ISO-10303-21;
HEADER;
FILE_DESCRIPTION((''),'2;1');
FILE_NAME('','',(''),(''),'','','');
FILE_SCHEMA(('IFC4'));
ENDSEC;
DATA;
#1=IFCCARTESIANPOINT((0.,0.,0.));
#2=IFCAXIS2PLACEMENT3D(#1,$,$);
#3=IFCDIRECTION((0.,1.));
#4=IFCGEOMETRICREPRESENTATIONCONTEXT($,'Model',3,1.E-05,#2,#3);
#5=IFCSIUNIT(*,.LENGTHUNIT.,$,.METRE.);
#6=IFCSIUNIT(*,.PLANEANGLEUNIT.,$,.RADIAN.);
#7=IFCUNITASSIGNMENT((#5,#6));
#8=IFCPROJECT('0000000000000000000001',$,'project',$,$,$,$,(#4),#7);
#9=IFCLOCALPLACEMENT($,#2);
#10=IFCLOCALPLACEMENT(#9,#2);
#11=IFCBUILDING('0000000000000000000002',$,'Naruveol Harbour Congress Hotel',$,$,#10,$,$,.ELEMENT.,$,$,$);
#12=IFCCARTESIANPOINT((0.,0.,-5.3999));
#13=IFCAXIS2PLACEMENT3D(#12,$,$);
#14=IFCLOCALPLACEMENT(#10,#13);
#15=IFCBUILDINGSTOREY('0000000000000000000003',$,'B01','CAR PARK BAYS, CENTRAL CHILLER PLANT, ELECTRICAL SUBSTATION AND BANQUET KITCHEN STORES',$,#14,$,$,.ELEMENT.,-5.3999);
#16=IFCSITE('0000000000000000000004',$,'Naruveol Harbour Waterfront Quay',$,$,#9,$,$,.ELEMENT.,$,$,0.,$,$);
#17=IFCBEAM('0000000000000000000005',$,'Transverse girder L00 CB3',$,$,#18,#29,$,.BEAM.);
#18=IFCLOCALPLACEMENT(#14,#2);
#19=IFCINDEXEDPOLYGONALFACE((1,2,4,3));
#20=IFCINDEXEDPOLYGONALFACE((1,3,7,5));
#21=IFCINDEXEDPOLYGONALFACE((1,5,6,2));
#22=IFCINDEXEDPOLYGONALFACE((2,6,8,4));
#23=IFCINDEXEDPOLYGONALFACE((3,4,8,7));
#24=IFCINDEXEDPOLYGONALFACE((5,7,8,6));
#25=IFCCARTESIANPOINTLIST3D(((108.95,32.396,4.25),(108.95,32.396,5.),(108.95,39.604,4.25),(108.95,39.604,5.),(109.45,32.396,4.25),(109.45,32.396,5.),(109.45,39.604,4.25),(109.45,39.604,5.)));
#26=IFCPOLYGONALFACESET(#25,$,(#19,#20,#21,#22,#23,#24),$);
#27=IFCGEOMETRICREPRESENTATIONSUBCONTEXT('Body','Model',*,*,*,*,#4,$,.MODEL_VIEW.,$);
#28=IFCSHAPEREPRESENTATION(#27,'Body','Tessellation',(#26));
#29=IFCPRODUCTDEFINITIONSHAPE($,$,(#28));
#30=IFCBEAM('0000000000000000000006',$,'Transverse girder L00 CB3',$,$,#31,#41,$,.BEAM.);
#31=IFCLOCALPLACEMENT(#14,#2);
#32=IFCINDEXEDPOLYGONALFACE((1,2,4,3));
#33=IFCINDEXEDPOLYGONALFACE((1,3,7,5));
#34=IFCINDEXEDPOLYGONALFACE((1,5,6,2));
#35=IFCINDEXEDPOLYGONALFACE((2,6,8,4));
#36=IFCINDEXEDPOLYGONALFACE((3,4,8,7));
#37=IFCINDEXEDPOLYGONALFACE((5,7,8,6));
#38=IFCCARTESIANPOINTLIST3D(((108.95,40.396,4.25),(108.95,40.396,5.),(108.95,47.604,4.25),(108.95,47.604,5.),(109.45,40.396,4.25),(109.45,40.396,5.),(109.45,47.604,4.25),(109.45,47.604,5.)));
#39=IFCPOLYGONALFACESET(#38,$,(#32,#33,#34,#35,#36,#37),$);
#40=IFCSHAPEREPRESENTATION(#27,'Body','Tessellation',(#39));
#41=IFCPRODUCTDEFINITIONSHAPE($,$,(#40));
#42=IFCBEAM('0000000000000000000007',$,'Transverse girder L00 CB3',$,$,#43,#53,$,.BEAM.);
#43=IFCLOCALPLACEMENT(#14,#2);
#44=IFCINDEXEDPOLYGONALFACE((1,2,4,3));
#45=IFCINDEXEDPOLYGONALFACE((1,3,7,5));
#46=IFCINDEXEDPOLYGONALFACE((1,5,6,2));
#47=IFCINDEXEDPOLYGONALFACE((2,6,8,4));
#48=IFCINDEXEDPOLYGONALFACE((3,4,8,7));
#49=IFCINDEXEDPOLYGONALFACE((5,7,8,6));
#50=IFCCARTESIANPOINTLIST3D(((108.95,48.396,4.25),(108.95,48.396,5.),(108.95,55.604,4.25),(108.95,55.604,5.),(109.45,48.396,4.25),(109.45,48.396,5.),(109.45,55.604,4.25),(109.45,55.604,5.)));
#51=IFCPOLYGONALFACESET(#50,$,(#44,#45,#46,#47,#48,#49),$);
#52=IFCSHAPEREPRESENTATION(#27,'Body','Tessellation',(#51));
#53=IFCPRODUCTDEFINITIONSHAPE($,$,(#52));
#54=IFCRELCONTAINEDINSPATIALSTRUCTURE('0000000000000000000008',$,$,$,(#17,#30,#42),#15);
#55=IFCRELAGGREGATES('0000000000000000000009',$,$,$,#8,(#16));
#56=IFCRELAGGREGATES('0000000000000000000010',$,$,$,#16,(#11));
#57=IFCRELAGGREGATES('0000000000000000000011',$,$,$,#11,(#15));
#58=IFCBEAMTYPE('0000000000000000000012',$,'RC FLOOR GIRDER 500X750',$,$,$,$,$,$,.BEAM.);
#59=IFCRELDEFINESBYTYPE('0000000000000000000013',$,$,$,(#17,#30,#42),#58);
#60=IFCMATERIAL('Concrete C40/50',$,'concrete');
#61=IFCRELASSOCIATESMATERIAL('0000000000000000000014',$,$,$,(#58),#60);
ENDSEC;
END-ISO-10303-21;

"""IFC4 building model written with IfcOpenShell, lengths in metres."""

from ifc_helpers import new_model, si_unit, direction, frame, origin, origin_2d, place, context, subcontext, project, spatial, rectangle, extrude, material, material_profile, profile_set, type_object, element, save


model = new_model("IFC4")

# Units and contexts
model_context = context("Model", 3, precision=1e-05, world=origin(), true_north=direction((0.0, 1.0)))
body_context = subcontext(model_context, "Body", "Model", "MODEL_VIEW")
ifc_project = project(units=[si_unit("LENGTHUNIT", "METRE"), si_unit("PLANEANGLEUNIT", "RADIAN")], contexts=[model_context])

# Site, building, storey
site_placement = place(None, origin())
site = spatial("IfcSite", under=ifc_project, at=site_placement, Name="Naruveol Harbour Waterfront Quay", CompositionType="ELEMENT", RefElevation=0.0)
building_placement = place(site_placement, origin())
building = spatial("IfcBuilding", under=site, at=building_placement, Name="Naruveol Harbour Congress Hotel", CompositionType="ELEMENT")
storey_placement = place(building_placement, frame((0.0, 0.0, -5.3999)))
storey = spatial("IfcBuildingStorey", under=building, at=storey_placement, Name="B01", Description="CAR PARK BAYS, CENTRAL CHILLER PLANT, ELECTRICAL SUBSTATION AND BANQUET KITCHEN STORES", CompositionType="ELEMENT", Elevation=-5.3999)

# Beams
ifc_material_1 = material(Name="Concrete C40/50", Category="concrete")
ifc_material_profile_1 = material_profile(ifc_material_1, rectangle(XDim=0.5, YDim=0.75, at=origin_2d()), Name="RCB-500x750")
ifc_profile_set_1 = profile_set([ifc_material_profile_1], Name="Concrete C40/50")
beam_type = type_object("IfcBeamType", Name="RC FLOOR GIRDER 500X750", PredefinedType="BEAM", material=ifc_profile_set_1)
for number, where, z_axis, x_axis, name in (
    (1, (109.2, 32.396, 4.625), (0.0, 1.0, 0.0), (-1.0, 0.0, 0.0), "Transverse girder L00 CB3"),
    (2, (109.2, 40.396, 4.625), (0.0, 1.0, 0.0), (-1.0, 0.0, 0.0), "Transverse girder L00 CB3"),
    (3, (109.2, 48.396, 4.625), (0.0, 1.0, 0.0), (-1.0, 0.0, 0.0), "Transverse girder L00 CB3"),
):
    element("IfcBeam", number, at=place(storey_placement, frame(where, z_axis=z_axis, x_axis=x_axis)), inside=storey, type_object=beam_type, Name=name, PredefinedType="BEAM", context=body_context, shape_type="SweptSolid", body=[
        extrude(rectangle(XDim=0.5, YDim=0.75, at=origin_2d()), origin(), (0.0, 0.0, 1.0), 7.208),
    ])

save(model, "model.ifc")
